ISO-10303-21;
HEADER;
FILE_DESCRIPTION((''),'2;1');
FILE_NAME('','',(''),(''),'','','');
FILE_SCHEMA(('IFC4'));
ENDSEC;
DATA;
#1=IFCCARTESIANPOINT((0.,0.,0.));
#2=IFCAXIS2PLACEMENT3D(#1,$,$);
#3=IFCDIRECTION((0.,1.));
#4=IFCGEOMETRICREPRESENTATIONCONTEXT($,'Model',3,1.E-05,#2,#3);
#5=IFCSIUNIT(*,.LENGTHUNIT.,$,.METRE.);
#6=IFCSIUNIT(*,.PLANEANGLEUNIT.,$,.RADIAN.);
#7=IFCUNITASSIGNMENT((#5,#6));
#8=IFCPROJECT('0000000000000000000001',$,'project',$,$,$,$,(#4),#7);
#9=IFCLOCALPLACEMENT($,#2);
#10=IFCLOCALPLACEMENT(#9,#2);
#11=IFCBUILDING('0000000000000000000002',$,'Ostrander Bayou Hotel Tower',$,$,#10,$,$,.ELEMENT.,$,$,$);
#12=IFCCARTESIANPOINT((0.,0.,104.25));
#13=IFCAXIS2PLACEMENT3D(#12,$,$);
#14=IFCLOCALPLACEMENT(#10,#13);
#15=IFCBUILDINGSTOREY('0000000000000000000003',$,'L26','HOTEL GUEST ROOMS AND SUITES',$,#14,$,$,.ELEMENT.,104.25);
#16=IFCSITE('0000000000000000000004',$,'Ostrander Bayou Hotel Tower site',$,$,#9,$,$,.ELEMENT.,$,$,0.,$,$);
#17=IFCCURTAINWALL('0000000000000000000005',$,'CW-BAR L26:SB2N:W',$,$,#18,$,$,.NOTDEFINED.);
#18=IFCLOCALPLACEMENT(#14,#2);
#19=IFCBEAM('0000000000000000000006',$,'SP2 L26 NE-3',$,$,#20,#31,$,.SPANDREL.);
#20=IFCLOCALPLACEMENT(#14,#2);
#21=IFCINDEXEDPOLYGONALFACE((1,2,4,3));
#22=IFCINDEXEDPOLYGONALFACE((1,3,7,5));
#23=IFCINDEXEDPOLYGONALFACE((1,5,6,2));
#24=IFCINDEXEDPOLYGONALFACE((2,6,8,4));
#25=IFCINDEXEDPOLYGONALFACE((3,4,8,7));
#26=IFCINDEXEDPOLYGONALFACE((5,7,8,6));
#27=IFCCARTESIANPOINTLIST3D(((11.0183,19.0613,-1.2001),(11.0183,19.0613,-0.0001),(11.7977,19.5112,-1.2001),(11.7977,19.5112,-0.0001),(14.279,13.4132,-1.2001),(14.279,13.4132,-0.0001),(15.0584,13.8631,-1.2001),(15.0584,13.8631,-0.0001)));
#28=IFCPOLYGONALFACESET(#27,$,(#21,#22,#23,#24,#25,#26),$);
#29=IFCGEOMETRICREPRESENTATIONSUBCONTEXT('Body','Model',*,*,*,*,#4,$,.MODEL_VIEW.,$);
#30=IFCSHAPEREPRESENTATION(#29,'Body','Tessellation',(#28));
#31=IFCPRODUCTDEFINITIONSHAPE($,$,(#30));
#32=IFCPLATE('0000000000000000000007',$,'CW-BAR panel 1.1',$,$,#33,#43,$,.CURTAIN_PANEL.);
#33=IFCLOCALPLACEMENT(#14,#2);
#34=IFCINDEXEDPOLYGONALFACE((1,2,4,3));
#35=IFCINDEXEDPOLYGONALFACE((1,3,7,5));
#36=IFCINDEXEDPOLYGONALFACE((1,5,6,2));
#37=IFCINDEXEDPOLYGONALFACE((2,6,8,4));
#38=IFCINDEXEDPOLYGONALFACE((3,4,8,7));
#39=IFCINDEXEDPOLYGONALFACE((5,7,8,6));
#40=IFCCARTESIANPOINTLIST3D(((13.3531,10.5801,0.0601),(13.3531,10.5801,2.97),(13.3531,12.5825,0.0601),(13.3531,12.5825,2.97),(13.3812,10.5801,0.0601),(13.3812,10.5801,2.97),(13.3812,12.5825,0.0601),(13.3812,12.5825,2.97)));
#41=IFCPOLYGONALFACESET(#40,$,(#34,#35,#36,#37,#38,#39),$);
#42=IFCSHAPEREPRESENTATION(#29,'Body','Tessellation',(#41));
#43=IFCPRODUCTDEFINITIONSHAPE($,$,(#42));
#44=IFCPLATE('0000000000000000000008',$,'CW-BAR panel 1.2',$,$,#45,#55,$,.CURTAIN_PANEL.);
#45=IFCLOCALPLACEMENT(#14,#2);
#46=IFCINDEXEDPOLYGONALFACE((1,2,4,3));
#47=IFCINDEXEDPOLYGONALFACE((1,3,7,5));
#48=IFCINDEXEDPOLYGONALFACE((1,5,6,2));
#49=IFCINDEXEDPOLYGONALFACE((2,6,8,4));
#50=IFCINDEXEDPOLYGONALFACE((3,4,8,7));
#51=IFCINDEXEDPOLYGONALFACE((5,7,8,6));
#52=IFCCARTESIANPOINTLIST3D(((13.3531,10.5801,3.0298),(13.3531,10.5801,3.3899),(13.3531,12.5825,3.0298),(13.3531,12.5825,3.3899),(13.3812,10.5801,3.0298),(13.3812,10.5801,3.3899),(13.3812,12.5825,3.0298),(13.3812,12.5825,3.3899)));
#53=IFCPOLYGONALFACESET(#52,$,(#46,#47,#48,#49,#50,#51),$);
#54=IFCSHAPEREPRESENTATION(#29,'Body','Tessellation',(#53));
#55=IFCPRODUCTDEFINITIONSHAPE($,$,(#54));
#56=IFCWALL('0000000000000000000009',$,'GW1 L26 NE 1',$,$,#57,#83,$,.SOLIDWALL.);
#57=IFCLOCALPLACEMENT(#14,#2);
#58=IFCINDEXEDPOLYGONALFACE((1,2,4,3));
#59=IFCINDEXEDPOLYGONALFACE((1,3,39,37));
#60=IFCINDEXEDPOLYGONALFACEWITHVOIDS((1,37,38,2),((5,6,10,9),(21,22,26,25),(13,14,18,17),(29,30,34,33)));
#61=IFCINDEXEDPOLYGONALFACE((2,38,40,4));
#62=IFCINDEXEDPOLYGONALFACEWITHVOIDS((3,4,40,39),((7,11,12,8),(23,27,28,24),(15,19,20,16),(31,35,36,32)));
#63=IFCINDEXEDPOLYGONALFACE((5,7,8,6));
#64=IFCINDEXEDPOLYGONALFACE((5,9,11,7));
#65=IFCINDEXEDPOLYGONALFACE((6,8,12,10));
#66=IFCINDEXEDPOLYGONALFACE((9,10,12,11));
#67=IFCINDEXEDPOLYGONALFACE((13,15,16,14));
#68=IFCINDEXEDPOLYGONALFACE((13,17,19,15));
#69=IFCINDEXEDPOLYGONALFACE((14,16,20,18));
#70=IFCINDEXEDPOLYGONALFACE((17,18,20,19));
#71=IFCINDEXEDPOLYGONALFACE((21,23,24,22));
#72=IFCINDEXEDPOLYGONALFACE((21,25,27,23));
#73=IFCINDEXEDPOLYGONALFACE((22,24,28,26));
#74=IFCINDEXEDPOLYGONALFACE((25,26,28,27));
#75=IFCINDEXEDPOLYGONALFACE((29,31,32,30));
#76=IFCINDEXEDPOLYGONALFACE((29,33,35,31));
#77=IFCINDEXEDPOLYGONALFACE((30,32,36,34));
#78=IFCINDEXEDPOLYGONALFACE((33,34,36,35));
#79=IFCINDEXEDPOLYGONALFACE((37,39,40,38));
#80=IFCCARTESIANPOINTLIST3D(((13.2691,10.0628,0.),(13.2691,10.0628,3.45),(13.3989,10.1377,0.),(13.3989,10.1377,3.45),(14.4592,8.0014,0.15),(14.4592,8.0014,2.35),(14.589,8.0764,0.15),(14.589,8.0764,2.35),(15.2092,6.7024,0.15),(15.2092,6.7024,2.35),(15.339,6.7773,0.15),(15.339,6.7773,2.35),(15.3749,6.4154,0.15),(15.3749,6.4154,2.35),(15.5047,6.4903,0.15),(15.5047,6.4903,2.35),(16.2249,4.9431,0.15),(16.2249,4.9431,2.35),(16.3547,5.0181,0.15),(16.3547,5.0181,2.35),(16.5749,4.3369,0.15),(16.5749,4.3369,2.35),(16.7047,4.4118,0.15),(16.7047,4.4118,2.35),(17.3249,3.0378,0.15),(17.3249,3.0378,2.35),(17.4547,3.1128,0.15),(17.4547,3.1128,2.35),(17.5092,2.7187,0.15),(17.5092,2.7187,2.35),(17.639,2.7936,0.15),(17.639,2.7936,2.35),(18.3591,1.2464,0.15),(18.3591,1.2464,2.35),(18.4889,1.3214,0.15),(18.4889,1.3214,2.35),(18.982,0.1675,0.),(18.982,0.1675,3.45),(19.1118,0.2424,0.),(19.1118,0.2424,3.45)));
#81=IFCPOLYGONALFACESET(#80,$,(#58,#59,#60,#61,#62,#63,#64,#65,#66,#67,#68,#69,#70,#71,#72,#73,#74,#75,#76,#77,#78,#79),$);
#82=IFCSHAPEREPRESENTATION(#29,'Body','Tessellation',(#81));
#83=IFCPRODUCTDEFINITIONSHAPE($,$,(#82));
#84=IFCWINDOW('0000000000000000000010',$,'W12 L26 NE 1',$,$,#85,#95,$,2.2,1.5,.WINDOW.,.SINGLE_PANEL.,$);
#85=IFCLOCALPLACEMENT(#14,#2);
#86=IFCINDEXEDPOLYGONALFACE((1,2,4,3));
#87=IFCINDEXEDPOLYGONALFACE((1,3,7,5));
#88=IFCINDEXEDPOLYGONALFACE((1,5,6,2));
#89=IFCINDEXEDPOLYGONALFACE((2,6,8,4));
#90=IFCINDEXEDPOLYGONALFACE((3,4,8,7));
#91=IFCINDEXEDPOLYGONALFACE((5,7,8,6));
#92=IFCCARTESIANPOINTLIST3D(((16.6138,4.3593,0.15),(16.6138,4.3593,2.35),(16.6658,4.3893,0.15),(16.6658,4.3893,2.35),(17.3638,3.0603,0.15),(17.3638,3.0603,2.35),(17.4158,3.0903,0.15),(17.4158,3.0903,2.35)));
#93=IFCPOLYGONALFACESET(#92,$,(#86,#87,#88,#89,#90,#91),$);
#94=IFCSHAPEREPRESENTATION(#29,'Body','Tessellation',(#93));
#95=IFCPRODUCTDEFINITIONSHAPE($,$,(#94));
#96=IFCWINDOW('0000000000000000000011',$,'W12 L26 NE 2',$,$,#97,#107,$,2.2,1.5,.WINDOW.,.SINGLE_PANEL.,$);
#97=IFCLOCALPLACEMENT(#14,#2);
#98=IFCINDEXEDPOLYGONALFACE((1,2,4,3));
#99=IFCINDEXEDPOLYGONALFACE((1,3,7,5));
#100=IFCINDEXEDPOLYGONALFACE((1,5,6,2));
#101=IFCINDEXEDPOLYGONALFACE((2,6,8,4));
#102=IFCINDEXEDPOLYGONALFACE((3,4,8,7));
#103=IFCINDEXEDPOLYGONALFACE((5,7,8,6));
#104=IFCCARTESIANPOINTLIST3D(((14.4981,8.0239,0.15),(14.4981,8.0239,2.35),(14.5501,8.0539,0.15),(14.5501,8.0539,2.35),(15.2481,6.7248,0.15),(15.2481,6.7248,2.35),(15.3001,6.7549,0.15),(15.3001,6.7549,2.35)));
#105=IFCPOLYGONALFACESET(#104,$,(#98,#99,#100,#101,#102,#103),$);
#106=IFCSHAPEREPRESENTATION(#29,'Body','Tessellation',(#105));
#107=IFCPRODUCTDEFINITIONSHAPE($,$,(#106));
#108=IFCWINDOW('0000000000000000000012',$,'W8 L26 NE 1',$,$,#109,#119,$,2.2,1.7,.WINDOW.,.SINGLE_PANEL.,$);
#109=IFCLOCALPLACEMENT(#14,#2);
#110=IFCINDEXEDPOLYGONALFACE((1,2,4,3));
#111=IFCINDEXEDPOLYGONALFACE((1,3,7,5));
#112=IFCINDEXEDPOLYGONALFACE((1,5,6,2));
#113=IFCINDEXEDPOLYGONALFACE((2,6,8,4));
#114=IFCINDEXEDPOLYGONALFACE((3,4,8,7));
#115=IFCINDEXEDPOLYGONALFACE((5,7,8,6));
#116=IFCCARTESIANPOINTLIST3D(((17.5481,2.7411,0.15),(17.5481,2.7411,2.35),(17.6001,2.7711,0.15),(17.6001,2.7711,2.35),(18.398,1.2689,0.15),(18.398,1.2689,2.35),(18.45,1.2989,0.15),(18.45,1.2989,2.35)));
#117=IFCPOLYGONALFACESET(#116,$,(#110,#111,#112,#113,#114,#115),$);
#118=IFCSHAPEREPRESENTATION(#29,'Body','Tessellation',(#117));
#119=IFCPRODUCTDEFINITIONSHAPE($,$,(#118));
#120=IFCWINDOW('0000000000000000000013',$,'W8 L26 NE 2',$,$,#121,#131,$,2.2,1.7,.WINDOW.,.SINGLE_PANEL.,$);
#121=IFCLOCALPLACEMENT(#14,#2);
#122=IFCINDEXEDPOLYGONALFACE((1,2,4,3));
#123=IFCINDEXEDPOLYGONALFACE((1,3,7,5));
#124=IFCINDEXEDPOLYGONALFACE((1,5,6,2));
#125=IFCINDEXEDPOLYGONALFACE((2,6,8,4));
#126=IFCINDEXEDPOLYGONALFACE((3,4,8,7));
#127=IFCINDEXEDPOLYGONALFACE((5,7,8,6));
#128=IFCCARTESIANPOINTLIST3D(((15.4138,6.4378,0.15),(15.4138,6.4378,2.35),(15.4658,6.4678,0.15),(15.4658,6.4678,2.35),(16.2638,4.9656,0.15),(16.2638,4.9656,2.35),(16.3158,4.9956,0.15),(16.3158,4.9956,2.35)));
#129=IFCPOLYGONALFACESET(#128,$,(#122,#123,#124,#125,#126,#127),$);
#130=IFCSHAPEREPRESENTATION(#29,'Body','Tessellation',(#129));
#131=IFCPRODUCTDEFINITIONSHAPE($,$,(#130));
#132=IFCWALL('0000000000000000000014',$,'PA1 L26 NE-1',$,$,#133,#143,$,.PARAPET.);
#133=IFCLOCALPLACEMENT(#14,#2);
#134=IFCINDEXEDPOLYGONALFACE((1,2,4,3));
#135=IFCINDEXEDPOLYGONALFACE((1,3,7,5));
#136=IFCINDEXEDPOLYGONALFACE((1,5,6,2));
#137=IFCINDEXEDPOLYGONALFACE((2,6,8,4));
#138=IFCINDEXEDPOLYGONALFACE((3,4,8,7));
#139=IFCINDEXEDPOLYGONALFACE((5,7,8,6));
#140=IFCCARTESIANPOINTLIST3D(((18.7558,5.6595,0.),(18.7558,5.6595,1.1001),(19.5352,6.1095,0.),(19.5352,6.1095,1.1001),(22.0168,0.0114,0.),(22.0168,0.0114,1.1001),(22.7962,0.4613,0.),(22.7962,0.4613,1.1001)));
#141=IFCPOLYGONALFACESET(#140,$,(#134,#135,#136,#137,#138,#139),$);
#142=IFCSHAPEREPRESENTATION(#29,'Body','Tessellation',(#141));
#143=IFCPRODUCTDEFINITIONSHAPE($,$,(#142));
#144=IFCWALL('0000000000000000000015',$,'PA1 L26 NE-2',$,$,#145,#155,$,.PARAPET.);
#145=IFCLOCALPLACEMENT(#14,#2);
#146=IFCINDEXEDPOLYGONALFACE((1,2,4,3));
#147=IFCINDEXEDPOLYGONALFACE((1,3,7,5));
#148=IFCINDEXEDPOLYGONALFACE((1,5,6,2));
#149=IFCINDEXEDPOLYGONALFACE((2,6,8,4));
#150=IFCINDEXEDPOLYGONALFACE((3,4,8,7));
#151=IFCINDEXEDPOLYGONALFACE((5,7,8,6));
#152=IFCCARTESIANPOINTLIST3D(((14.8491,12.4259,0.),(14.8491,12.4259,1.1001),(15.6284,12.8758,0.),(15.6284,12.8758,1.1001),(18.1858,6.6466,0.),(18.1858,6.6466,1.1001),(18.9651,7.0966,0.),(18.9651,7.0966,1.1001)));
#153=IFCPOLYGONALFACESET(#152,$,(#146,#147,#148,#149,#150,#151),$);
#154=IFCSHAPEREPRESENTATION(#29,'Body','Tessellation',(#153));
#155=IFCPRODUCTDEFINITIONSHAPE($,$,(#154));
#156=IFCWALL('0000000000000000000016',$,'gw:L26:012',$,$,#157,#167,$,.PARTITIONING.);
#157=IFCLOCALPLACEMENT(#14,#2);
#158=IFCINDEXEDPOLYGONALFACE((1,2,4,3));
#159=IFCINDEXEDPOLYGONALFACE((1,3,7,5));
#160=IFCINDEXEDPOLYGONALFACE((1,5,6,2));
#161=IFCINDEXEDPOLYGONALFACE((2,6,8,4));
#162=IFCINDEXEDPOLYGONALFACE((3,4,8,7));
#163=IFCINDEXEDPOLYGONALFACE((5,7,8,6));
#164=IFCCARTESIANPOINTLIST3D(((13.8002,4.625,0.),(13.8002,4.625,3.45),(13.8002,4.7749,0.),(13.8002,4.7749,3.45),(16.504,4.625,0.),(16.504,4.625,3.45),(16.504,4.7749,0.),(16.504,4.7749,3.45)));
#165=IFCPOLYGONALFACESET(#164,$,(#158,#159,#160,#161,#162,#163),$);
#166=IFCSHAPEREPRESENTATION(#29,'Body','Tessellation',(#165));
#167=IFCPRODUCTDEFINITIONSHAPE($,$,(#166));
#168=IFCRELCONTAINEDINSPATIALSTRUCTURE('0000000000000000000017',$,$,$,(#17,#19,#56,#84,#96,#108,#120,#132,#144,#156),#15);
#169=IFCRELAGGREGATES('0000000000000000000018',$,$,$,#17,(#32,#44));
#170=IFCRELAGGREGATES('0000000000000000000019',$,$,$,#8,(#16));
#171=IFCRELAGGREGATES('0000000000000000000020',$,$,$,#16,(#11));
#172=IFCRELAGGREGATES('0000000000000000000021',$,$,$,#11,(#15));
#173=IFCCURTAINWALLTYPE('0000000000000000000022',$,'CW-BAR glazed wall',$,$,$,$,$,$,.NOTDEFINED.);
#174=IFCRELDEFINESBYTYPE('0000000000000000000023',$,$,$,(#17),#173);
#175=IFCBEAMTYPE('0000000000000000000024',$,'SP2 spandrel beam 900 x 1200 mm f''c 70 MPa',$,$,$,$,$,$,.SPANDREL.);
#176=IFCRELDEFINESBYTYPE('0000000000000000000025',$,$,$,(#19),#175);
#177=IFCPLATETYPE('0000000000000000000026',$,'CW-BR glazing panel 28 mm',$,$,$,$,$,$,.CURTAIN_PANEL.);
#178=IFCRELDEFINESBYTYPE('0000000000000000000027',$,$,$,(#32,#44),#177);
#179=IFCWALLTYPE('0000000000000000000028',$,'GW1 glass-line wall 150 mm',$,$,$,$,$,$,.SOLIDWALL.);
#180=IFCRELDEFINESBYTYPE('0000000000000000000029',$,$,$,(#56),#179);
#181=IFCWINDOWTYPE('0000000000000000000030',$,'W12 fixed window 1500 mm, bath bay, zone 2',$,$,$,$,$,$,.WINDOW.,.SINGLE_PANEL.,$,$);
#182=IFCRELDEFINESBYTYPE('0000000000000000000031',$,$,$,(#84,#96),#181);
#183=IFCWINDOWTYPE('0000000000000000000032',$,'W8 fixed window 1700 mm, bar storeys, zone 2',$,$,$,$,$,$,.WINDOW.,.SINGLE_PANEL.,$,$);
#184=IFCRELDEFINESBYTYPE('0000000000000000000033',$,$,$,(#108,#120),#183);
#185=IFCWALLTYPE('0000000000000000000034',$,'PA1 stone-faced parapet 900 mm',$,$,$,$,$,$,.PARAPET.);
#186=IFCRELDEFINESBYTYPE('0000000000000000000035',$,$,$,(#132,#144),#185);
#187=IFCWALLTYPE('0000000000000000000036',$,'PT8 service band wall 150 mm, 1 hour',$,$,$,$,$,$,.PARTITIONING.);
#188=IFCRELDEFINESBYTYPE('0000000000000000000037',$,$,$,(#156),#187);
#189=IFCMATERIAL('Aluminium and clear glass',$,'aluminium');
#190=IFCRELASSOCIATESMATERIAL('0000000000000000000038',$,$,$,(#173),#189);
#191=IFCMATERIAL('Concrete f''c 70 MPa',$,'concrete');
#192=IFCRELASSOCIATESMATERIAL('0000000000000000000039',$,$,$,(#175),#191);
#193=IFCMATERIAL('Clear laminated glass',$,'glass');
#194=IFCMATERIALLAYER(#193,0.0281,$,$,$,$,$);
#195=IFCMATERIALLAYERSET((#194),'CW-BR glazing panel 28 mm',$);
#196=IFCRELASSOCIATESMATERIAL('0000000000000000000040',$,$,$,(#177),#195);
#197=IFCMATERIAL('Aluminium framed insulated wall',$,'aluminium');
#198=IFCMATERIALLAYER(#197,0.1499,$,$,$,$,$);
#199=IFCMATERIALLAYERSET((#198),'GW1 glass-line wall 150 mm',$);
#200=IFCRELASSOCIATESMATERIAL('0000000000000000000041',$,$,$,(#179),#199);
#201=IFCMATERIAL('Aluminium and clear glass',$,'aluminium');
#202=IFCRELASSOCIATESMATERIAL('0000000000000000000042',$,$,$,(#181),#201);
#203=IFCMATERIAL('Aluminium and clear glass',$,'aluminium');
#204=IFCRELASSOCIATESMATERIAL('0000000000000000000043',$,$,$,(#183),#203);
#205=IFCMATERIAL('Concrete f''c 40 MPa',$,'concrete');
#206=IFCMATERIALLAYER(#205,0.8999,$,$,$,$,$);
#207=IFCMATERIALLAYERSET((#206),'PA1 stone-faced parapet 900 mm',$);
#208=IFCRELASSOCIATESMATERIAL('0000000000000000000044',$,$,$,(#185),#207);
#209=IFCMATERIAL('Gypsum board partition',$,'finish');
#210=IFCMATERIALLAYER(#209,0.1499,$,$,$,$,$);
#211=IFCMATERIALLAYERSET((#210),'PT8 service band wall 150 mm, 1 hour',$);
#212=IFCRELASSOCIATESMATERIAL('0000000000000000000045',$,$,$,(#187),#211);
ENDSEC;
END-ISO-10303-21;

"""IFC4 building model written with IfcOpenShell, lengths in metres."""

from ifc_helpers import new_model, si_unit, direction, frame, frame_2d, origin, origin_2d, place, context, subcontext, project, spatial, rectangle, extrude, material, layer, layer_set, material_profile, profile_set, type_object, element, fill, aggregate, save


model = new_model("IFC4")

# Units and contexts
model_context = context("Model", 3, precision=1e-05, world=origin(), true_north=direction((0.0, 1.0)))
body_context = subcontext(model_context, "Body", "Model", "MODEL_VIEW")
ifc_project = project(units=[si_unit("LENGTHUNIT", "METRE"), si_unit("PLANEANGLEUNIT", "RADIAN")], contexts=[model_context])

# Site, building, storey
site_placement = place(None, origin())
site = spatial("IfcSite", under=ifc_project, at=site_placement, Name="Ostrander Bayou Hotel Tower site", CompositionType="ELEMENT", RefElevation=0.0)
building_placement = place(site_placement, origin())
building = spatial("IfcBuilding", under=site, at=building_placement, Name="Ostrander Bayou Hotel Tower", CompositionType="ELEMENT")
storey_placement = place(building_placement, frame((0.0, 0.0, 104.25)))
storey = spatial("IfcBuildingStorey", under=building, at=storey_placement, Name="L26", Description="HOTEL GUEST ROOMS AND SUITES", CompositionType="ELEMENT", Elevation=104.25)

# Curtain wall
ifc_material_1 = material(Name="Aluminium and clear glass", Category="aluminium")
curtain_wall_type = type_object("IfcCurtainWallType", Name="CW-BAR glazed wall", PredefinedType="NOTDEFINED", material=ifc_material_1)
curtain_wall_placement = place(storey_placement, origin())
curtain_wall = element("IfcCurtainWall", 1, at=curtain_wall_placement, inside=storey, type_object=curtain_wall_type, Name="CW-BAR L26:SB2N:W", PredefinedType="NOTDEFINED")

# Beam
ifc_material_2 = material(Name="Concrete f'c 70 MPa", Category="concrete")
ifc_material_profile_1 = material_profile(ifc_material_2, rectangle(XDim=0.8999, YDim=1.2, at=origin_2d()))
ifc_profile_set_1 = profile_set([ifc_material_profile_1], Name="Concrete f'c 70 MPa")
beam_type_1 = type_object("IfcBeamType", Name="SP2 spandrel beam 900 x 1200 mm f'c 70 MPa", PredefinedType="SPANDREL", material=ifc_profile_set_1)
beam_1_placement = place(storey_placement, frame((14.6687, 13.6382, -0.6001), z_axis=(-0.499972, 0.866042, 0.0), x_axis=(-0.866042, -0.499972, 0.0)))
element("IfcBeam", 2, at=beam_1_placement, inside=storey, type_object=beam_type_1, Name="SP2 L26 NE-3", PredefinedType="SPANDREL", context=body_context, shape_type="SweptSolid", body=[
    extrude(rectangle(XDim=0.8999, YDim=1.2, at=origin_2d()), origin(), (0.0, 0.0, 1.0), 6.5217),
])

# Plates
ifc_material_3 = material(Name="Clear laminated glass", Category="glass")
ifc_layer_1 = layer(ifc_material_3, 0.0281)
ifc_layer_set_1 = layer_set([ifc_layer_1], Name="CW-BR glazing panel 28 mm")
plate_type = type_object("IfcPlateType", Name="CW-BR glazing panel 28 mm", PredefinedType="CURTAIN_PANEL", material=ifc_layer_set_1)
plate_1_placement = place(storey_placement, frame((13.3672, 11.5813, 0.0601), z_axis=(0.0, 0.0, 1.0), x_axis=(0.0, 1.0, 0.0)))
plate_1 = element("IfcPlate", 3, at=plate_1_placement, type_object=plate_type, Name="CW-BAR panel 1.1", PredefinedType="CURTAIN_PANEL", context=body_context, shape_type="SweptSolid", body=[
    extrude(rectangle(XDim=2.0024, YDim=0.0281, at=origin_2d()), origin(), (0.0, 0.0, 1.0), 2.9099),
])
plate_2_placement = place(storey_placement, frame((13.3672, 11.5813, 3.0298), z_axis=(0.0, 0.0, 1.0), x_axis=(0.0, 1.0, 0.0)))
plate_2 = element("IfcPlate", 4, at=plate_2_placement, type_object=plate_type, Name="CW-BAR panel 1.2", PredefinedType="CURTAIN_PANEL", context=body_context, shape_type="SweptSolid", body=[
    extrude(rectangle(XDim=2.0024, YDim=0.0281, at=origin_2d()), origin(), (0.0, 0.0, 1.0), 0.3601),
])
aggregate(curtain_wall, [plate_1, plate_2])

# Wall, openings, windows
ifc_material_4 = material(Name="Aluminium framed insulated wall", Category="aluminium")
ifc_layer_2 = layer(ifc_material_4, 0.1499)
ifc_layer_set_2 = layer_set([ifc_layer_2], Name="GW1 glass-line wall 150 mm")
wall_type_1 = type_object("IfcWallType", Name="GW1 glass-line wall 150 mm", PredefinedType="SOLIDWALL", material=ifc_layer_set_2)
wall_1_placement = place(storey_placement, frame((19.0469, 0.2051, 0.0), z_axis=(0.0, 0.0, 1.0), x_axis=(-0.499991, 0.866031, 0.0)))
wall_1 = element("IfcWall", 5, at=wall_1_placement, inside=storey, type_object=wall_type_1, Name="GW1 L26 NE 1", PredefinedType="SOLIDWALL", context=body_context, shape_type="SweptSolid", body=[
    extrude(rectangle(XDim=11.426, YDim=0.1499, at=frame_2d((5.7129, 0.0))), origin(), (0.0, 0.0, 1.0), 3.45),
])
opening_1_placement = place(wall_1_placement, frame((1.2456, 0.0, 0.1499)))
opening_1 = element("IfcOpeningElement", 6, at=opening_1_placement, cuts=wall_1, PredefinedType="OPENING", context=body_context, shape_type="SweptSolid", body=[
    extrude(rectangle(XDim=1.7, YDim=2.2, at=frame_2d((0.8501, 1.1001))), frame((0.0, 0.075, 0.0), z_axis=(0.0, -1.0, 0.0), x_axis=(1.0, 0.0, 0.0)), (0.0, 0.0, 1.0), 0.1499),
])
opening_2_placement = place(wall_1_placement, frame((3.3142, 0.0, 0.1499)))
opening_2 = element("IfcOpeningElement", 7, at=opening_2_placement, cuts=wall_1, PredefinedType="OPENING", context=body_context, shape_type="SweptSolid", body=[
    extrude(rectangle(XDim=1.5, YDim=2.2, at=frame_2d((0.75, 1.1001))), frame((0.0, 0.075, 0.0), z_axis=(0.0, -1.0, 0.0), x_axis=(1.0, 0.0, 0.0)), (0.0, 0.0, 1.0), 0.1499),
])
opening_3_placement = place(wall_1_placement, frame((5.5142, 0.0, 0.1499)))
opening_3 = element("IfcOpeningElement", 8, at=opening_3_placement, cuts=wall_1, PredefinedType="OPENING", context=body_context, shape_type="SweptSolid", body=[
    extrude(rectangle(XDim=1.7, YDim=2.2, at=frame_2d((0.8501, 1.1001))), frame((0.0, 0.075, 0.0), z_axis=(0.0, -1.0, 0.0), x_axis=(1.0, 0.0, 0.0)), (0.0, 0.0, 1.0), 0.1499),
])
opening_4_placement = place(wall_1_placement, frame((7.5457, 0.0, 0.1499)))
opening_4 = element("IfcOpeningElement", 9, at=opening_4_placement, cuts=wall_1, PredefinedType="OPENING", context=body_context, shape_type="SweptSolid", body=[
    extrude(rectangle(XDim=1.5, YDim=2.2, at=frame_2d((0.75, 1.1001))), frame((0.0, 0.075, 0.0), z_axis=(0.0, -1.0, 0.0), x_axis=(1.0, 0.0, 0.0)), (0.0, 0.0, 1.0), 0.1499),
])
ifc_material_5 = material(Name="Aluminium and clear glass", Category="aluminium")
window_type_1 = type_object("IfcWindowType", Name="W12 fixed window 1500 mm, bath bay, zone 2", PartitioningType="SINGLE_PANEL", PredefinedType="WINDOW", material=ifc_material_5)
window_1_placement = place(opening_2_placement, origin())
window_1 = element("IfcWindow", 10, at=window_1_placement, inside=storey, type_object=window_type_1, Name="W12 L26 NE 1", OverallHeight=2.2, OverallWidth=1.5, PartitioningType="SINGLE_PANEL", PredefinedType="WINDOW", context=body_context, shape_type="SweptSolid", body=[
    extrude(rectangle(XDim=1.5, YDim=2.2, at=frame_2d((0.75, 1.1001))), frame((0.0, 0.03, 0.0), z_axis=(0.0, -1.0, 0.0), x_axis=(1.0, 0.0, 0.0)), (0.0, 0.0, 1.0), 0.0601),
])
fill(opening_2, window_1)
window_2_placement = place(opening_4_placement, origin())
window_2 = element("IfcWindow", 11, at=window_2_placement, inside=storey, type_object=window_type_1, Name="W12 L26 NE 2", OverallHeight=2.2, OverallWidth=1.5, PartitioningType="SINGLE_PANEL", PredefinedType="WINDOW", context=body_context, shape_type="SweptSolid", body=[
    extrude(rectangle(XDim=1.5, YDim=2.2, at=frame_2d((0.75, 1.1001))), frame((0.0, 0.03, 0.0), z_axis=(0.0, -1.0, 0.0), x_axis=(1.0, 0.0, 0.0)), (0.0, 0.0, 1.0), 0.0601),
])
fill(opening_4, window_2)
ifc_material_6 = material(Name="Aluminium and clear glass", Category="aluminium")
window_type_2 = type_object("IfcWindowType", Name="W8 fixed window 1700 mm, bar storeys, zone 2", PartitioningType="SINGLE_PANEL", PredefinedType="WINDOW", material=ifc_material_6)
window_3_placement = place(opening_1_placement, origin())
window_3 = element("IfcWindow", 12, at=window_3_placement, inside=storey, type_object=window_type_2, Name="W8 L26 NE 1", OverallHeight=2.2, OverallWidth=1.7, PartitioningType="SINGLE_PANEL", PredefinedType="WINDOW", context=body_context, shape_type="SweptSolid", body=[
    extrude(rectangle(XDim=1.7, YDim=2.2, at=frame_2d((0.8501, 1.1001))), frame((0.0, 0.03, 0.0), z_axis=(0.0, -1.0, 0.0), x_axis=(1.0, 0.0, 0.0)), (0.0, 0.0, 1.0), 0.0601),
])
fill(opening_1, window_3)
window_4_placement = place(opening_3_placement, origin())
window_4 = element("IfcWindow", 13, at=window_4_placement, inside=storey, type_object=window_type_2, Name="W8 L26 NE 2", OverallHeight=2.2, OverallWidth=1.7, PartitioningType="SINGLE_PANEL", PredefinedType="WINDOW", context=body_context, shape_type="SweptSolid", body=[
    extrude(rectangle(XDim=1.7, YDim=2.2, at=frame_2d((0.8501, 1.1001))), frame((0.0, 0.03, 0.0), z_axis=(0.0, -1.0, 0.0), x_axis=(1.0, 0.0, 0.0)), (0.0, 0.0, 1.0), 0.0601),
])
fill(opening_3, window_4)

# Walls
ifc_material_7 = material(Name="Concrete f'c 40 MPa", Category="concrete")
ifc_layer_3 = layer(ifc_material_7, 0.8999)
ifc_layer_set_3 = layer_set([ifc_layer_3], Name="PA1 stone-faced parapet 900 mm")
wall_type_2 = type_object("IfcWallType", Name="PA1 stone-faced parapet 900 mm", PredefinedType="PARAPET", material=ifc_layer_set_3)
wall_2_placement = place(storey_placement, frame((22.4065, 0.2363, 0.0), z_axis=(0.0, 0.0, 1.0), x_axis=(-0.5, 0.866025, 0.0)))
element("IfcWall", 14, at=wall_2_placement, inside=storey, type_object=wall_type_2, Name="PA1 L26 NE-1", PredefinedType="PARAPET", context=body_context, shape_type="SweptSolid", body=[
    extrude(rectangle(XDim=6.522, YDim=0.8999, at=frame_2d((3.261, 0.0))), origin(), (0.0, 0.0, 1.0), 1.1001),
])
wall_3_placement = place(storey_placement, frame((18.5754, 6.8716, 0.0), z_axis=(0.0, 0.0, 1.0), x_axis=(-0.499999, 0.866026, 0.0)))
element("IfcWall", 15, at=wall_3_placement, inside=storey, type_object=wall_type_2, Name="PA1 L26 NE-2", PredefinedType="PARAPET", context=body_context, shape_type="SweptSolid", body=[
    extrude(rectangle(XDim=6.6733, YDim=0.8999, at=frame_2d((3.3367, 0.0))), origin(), (0.0, 0.0, 1.0), 1.1001),
])
ifc_material_8 = material(Name="Gypsum board partition", Category="finish")
ifc_layer_4 = layer(ifc_material_8, 0.1499)
ifc_layer_set_4 = layer_set([ifc_layer_4], Name="PT8 service band wall 150 mm, 1 hour")
wall_type_3 = type_object("IfcWallType", Name="PT8 service band wall 150 mm, 1 hour", PredefinedType="PARTITIONING", material=ifc_layer_set_4)
wall_4_placement = place(storey_placement, frame((13.8, 4.7, 0.0), z_axis=(0.0, 0.0, 1.0), x_axis=(1.0, 0.0, 0.0)))
element("IfcWall", 16, at=wall_4_placement, inside=storey, type_object=wall_type_3, Name="gw:L26:012", PredefinedType="PARTITIONING", context=body_context, shape_type="SweptSolid", body=[
    extrude(rectangle(XDim=2.7039, YDim=0.1499, at=frame_2d((1.3521, 0.0))), origin(), (0.0, 0.0, 1.0), 3.45),
])

save(model, "model.ifc")
